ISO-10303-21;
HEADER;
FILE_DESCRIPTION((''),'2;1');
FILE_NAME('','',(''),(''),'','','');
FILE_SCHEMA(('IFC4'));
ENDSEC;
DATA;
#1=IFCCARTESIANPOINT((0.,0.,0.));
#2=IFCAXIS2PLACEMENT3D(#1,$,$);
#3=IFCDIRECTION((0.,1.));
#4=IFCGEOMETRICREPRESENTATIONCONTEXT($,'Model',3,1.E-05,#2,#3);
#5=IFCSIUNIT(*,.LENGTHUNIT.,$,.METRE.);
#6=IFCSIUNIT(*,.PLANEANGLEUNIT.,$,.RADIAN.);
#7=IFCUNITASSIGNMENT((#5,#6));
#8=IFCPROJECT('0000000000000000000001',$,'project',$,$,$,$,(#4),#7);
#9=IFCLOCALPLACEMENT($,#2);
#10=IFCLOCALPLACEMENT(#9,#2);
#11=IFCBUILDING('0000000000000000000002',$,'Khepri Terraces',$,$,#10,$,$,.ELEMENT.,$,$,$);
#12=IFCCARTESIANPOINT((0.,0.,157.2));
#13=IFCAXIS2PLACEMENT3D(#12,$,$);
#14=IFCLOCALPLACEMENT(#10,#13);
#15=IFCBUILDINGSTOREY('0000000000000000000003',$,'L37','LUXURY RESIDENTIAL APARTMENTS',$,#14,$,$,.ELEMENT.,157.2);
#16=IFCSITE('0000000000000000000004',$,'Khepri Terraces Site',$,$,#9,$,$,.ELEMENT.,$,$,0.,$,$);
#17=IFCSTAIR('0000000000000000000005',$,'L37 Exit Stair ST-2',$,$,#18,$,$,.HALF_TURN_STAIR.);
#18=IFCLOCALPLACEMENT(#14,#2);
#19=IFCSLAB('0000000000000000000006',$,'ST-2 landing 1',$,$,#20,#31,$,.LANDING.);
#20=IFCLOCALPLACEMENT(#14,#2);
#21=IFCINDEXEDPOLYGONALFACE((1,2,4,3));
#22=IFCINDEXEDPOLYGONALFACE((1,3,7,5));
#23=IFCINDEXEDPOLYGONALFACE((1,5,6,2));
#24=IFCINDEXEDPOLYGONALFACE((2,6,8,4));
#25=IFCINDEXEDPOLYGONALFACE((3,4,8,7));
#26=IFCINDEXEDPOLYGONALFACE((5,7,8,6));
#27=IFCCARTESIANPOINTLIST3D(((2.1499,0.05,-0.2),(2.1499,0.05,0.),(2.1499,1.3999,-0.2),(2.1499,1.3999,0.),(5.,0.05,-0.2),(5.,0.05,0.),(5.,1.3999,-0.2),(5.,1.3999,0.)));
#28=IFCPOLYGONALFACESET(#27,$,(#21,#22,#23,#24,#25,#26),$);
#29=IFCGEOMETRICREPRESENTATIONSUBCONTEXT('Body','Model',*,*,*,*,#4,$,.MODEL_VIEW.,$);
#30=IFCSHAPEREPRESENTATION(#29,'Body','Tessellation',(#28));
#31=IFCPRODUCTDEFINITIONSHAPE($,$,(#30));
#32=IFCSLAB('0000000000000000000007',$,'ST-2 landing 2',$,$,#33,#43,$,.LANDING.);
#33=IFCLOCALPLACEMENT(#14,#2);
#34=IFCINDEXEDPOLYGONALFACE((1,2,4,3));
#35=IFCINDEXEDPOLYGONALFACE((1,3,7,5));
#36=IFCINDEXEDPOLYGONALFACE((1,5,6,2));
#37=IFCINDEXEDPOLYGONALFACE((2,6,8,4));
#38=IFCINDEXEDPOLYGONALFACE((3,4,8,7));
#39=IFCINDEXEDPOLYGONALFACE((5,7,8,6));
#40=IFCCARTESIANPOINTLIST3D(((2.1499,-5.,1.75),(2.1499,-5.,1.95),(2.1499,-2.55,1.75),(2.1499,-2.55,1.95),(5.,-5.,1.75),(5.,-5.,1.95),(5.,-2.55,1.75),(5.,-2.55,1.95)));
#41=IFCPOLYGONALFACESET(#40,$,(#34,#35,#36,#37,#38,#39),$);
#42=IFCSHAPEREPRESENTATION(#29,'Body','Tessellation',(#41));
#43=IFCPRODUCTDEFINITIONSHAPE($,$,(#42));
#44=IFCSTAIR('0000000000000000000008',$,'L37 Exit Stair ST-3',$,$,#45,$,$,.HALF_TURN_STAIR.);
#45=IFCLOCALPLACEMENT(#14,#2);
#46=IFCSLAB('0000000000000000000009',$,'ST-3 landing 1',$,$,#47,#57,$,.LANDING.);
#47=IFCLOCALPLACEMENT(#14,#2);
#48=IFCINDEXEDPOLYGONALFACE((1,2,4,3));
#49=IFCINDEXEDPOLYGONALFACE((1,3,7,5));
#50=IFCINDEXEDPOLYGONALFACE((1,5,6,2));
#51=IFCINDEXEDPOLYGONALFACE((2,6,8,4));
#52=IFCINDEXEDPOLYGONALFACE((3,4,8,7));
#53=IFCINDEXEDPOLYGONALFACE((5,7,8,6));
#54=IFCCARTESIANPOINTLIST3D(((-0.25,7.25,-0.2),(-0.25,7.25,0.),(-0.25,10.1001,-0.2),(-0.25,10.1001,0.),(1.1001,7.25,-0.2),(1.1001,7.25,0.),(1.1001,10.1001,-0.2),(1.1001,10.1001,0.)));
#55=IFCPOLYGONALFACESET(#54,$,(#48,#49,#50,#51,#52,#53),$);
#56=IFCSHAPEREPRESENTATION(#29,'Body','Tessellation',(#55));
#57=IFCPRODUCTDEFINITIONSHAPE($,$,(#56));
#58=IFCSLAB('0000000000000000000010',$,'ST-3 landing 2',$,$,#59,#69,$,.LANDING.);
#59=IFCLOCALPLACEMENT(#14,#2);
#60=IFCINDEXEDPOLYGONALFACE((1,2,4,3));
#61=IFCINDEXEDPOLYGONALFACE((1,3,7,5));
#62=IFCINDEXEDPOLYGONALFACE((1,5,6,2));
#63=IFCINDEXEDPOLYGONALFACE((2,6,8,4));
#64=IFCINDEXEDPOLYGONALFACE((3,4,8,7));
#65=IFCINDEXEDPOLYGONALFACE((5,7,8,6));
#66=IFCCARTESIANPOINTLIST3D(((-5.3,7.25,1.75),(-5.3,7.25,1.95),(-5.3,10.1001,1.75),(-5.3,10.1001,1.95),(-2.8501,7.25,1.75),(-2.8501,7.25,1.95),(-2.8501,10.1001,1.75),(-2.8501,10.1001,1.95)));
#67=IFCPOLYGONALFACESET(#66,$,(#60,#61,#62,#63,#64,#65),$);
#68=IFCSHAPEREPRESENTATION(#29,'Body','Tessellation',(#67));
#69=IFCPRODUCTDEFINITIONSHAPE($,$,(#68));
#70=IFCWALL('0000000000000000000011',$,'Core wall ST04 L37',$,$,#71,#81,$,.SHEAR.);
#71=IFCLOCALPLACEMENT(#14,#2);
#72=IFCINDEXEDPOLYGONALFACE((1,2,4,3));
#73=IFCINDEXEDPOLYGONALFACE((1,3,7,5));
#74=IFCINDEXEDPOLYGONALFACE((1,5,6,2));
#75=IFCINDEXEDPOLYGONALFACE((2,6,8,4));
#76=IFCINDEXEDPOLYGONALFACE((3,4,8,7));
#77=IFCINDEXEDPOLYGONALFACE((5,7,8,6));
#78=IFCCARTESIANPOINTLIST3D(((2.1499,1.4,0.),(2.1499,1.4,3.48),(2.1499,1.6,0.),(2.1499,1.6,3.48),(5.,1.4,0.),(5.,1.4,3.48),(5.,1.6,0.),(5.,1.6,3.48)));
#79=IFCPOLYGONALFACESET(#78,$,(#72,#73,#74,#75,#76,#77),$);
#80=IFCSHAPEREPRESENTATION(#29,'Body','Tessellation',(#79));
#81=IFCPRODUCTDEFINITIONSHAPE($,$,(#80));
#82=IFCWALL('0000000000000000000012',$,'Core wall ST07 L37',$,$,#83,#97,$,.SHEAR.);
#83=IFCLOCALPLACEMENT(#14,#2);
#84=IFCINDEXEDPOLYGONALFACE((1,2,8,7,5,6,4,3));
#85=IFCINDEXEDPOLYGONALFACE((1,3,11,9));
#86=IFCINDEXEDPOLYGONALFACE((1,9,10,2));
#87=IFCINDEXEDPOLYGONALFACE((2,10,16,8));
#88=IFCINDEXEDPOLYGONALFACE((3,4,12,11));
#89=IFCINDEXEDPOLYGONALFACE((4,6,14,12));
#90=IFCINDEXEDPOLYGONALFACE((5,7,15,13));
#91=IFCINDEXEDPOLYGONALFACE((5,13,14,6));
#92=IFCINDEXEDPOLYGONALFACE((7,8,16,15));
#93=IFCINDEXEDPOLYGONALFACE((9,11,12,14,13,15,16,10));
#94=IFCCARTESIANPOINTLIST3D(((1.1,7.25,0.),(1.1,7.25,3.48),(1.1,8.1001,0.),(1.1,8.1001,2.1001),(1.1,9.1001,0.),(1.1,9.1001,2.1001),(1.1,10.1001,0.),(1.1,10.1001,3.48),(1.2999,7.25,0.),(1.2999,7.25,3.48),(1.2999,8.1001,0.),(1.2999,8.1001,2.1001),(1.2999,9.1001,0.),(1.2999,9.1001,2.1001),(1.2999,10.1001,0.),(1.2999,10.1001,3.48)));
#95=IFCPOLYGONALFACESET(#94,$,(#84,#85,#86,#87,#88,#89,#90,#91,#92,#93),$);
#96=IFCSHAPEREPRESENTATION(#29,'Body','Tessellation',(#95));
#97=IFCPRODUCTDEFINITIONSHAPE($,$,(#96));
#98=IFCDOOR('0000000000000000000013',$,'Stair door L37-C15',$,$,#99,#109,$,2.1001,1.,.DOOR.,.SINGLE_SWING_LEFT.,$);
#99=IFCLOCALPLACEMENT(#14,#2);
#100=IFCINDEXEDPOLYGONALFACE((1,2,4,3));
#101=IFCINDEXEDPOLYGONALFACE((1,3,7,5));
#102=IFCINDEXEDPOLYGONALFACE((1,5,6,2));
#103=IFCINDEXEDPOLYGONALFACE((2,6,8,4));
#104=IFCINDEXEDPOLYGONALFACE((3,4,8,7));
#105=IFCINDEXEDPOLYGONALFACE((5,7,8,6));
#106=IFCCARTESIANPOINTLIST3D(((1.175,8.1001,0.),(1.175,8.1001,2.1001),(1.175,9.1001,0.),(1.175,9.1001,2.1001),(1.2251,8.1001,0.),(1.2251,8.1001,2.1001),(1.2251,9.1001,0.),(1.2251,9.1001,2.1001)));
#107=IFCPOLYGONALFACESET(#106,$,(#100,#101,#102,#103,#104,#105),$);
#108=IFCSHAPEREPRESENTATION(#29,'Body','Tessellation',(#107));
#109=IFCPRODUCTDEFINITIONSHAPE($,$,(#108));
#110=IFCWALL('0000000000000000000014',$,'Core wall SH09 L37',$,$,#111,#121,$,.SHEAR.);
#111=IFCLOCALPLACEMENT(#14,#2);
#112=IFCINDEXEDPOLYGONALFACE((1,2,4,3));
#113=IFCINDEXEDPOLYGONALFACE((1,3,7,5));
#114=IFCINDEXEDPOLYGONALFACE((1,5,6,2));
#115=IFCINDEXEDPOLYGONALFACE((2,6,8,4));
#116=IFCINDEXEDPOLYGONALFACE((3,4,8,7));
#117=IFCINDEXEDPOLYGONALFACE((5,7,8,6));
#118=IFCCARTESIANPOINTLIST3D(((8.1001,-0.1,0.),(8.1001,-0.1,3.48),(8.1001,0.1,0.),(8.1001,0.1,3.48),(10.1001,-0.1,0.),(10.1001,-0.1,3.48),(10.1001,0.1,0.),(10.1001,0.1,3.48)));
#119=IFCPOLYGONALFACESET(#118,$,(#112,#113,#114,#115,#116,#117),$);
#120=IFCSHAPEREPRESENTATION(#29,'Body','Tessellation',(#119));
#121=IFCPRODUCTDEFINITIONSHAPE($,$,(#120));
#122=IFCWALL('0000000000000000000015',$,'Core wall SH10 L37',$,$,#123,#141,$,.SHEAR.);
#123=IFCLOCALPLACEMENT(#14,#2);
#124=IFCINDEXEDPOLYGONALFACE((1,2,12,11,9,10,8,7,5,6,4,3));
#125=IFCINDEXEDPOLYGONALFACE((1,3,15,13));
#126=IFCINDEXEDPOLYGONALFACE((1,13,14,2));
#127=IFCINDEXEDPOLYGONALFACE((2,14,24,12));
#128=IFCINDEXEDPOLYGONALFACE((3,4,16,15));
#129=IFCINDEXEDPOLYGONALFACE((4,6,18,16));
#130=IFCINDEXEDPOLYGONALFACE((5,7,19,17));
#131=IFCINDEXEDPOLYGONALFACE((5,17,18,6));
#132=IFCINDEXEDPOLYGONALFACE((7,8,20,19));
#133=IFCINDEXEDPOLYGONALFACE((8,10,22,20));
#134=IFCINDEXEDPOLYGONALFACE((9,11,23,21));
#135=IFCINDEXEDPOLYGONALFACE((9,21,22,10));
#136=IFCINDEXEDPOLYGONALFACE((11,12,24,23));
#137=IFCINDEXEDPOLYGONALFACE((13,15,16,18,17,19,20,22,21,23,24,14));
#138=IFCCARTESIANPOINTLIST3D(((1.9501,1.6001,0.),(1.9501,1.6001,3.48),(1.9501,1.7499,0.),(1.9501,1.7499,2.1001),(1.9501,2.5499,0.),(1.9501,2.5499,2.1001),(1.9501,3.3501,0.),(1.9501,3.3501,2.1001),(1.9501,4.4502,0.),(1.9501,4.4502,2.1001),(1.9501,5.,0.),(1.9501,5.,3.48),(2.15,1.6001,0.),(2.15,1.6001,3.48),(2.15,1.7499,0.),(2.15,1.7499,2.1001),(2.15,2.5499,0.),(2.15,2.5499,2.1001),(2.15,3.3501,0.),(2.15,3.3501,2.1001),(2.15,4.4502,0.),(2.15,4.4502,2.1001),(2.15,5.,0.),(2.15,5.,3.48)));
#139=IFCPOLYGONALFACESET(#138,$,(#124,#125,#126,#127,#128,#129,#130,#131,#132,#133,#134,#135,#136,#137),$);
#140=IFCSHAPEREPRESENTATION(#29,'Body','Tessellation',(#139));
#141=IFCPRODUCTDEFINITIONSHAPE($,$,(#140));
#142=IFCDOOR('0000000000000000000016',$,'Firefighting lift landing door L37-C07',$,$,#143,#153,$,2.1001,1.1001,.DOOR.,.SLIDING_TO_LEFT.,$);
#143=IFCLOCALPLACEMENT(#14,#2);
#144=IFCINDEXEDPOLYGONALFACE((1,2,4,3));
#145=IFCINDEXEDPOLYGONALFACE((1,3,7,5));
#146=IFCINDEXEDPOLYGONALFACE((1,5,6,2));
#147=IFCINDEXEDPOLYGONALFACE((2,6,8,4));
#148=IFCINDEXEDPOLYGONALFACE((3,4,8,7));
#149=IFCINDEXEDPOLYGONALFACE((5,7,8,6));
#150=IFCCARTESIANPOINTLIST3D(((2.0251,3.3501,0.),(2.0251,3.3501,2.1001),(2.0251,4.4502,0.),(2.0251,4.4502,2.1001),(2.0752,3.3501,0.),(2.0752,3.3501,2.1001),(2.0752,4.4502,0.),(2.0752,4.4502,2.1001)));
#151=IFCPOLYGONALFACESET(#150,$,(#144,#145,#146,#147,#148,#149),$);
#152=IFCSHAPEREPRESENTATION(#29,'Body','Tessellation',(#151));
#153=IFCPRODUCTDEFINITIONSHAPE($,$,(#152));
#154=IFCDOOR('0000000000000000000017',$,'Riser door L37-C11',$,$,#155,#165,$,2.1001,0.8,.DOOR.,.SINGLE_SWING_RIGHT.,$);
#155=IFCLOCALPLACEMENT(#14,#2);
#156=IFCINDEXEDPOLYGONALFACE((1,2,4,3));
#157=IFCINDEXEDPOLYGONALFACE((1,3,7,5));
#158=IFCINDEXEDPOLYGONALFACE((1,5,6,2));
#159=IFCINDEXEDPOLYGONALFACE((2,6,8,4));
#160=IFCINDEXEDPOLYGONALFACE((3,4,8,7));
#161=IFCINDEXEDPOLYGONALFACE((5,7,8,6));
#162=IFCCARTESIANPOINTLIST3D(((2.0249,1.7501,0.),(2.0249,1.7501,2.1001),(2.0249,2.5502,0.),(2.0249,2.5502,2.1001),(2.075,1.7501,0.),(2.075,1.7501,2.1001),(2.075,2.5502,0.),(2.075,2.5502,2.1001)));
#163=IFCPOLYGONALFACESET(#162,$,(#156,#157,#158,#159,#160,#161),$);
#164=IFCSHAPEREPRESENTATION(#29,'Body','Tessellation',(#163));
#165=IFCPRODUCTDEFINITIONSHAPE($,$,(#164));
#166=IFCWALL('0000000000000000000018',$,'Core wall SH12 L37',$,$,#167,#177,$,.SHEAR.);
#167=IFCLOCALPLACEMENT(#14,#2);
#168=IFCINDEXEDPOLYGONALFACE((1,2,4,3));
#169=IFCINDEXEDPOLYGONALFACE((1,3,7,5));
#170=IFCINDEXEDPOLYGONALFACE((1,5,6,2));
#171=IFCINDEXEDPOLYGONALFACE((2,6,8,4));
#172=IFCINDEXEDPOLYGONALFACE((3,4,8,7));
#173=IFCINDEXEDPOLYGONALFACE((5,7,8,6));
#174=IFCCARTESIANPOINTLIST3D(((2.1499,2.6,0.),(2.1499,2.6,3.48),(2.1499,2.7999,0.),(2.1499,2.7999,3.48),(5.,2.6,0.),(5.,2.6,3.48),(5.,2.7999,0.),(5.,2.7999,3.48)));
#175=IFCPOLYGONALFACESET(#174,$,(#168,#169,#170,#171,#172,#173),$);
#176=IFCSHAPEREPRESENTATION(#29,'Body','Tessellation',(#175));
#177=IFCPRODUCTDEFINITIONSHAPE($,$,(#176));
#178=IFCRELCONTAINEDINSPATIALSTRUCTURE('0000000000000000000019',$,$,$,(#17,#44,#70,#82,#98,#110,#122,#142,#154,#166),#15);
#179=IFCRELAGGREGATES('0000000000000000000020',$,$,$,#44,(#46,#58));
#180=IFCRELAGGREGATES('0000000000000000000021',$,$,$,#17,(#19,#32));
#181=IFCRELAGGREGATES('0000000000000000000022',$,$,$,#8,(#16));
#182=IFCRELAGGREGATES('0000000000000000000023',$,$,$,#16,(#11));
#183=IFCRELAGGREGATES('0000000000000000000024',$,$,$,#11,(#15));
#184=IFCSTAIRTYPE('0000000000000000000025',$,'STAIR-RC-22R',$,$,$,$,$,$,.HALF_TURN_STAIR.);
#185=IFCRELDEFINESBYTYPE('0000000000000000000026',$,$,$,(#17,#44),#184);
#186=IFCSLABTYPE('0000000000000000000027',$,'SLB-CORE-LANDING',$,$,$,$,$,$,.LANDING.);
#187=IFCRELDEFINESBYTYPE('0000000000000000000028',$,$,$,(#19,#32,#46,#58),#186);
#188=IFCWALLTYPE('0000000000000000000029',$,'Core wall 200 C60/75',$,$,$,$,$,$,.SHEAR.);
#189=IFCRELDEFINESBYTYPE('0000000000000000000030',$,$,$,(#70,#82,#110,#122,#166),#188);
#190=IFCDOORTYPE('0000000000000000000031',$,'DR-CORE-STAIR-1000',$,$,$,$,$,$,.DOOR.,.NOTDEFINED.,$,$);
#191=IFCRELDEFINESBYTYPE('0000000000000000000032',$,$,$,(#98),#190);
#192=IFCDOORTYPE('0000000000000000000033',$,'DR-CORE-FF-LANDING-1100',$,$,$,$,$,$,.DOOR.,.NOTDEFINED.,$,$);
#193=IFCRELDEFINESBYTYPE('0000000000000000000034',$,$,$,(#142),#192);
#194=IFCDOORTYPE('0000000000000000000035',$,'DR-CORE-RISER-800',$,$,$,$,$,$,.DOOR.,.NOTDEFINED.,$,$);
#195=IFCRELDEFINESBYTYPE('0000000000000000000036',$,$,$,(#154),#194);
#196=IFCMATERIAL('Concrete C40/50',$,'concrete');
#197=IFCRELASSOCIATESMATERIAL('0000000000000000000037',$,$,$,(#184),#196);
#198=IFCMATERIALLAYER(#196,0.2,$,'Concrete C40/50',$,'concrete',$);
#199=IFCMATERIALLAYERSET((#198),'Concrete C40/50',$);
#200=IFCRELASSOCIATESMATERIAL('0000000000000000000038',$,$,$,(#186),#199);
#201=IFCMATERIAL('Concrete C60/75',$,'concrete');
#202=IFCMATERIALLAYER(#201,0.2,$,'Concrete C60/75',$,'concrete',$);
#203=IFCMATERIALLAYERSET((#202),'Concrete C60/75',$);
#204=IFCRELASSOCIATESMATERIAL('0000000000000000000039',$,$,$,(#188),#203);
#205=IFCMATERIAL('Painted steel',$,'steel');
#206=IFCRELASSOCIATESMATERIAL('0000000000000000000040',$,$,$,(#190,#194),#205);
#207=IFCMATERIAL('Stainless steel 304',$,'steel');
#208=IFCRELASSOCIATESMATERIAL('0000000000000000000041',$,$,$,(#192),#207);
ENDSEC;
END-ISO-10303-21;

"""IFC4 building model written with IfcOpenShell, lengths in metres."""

from ifc_helpers import new_model, si_unit, direction, frame, frame_2d, origin, place, context, subcontext, project, spatial, polyline, rectangle, outline, extrude, material, layer, layer_set, type_object, element, fill, aggregate, save


model = new_model("IFC4")

# Units and contexts
model_context = context("Model", 3, precision=1e-05, world=origin(), true_north=direction((0.0, 1.0)))
body_context = subcontext(model_context, "Body", "Model", "MODEL_VIEW")
ifc_project = project(units=[si_unit("LENGTHUNIT", "METRE"), si_unit("PLANEANGLEUNIT", "RADIAN")], contexts=[model_context])

# Site, building, storey
site_placement = place(None, origin())
site = spatial("IfcSite", under=ifc_project, at=site_placement, Name="Khepri Terraces Site", CompositionType="ELEMENT", RefElevation=0.0)
building_placement = place(site_placement, origin())
building = spatial("IfcBuilding", under=site, at=building_placement, Name="Khepri Terraces", CompositionType="ELEMENT")
storey_placement = place(building_placement, frame((0.0, 0.0, 157.2)))
storey = spatial("IfcBuildingStorey", under=building, at=storey_placement, Name="L37", Description="LUXURY RESIDENTIAL APARTMENTS", CompositionType="ELEMENT", Elevation=157.2)

# Stairs, slabs
ifc_material_1 = material(Name="Concrete C40/50", Category="concrete")
stair_type = type_object("IfcStairType", Name="STAIR-RC-22R", PredefinedType="HALF_TURN_STAIR", material=ifc_material_1)
stair_1_placement = place(storey_placement, origin())
stair_1 = element("IfcStair", 1, at=stair_1_placement, inside=storey, type_object=stair_type, Name="L37 Exit Stair ST-2", PredefinedType="HALF_TURN_STAIR")
ifc_layer_1 = layer(ifc_material_1, 0.2, Name="Concrete C40/50", Category="concrete")
ifc_layer_set_1 = layer_set([ifc_layer_1], Name="Concrete C40/50")
slab_type = type_object("IfcSlabType", Name="SLB-CORE-LANDING", PredefinedType="LANDING", material=ifc_layer_set_1)
slab_1_placement = place(storey_placement, frame((0.0, 0.0, -0.2)))
slab_1 = element("IfcSlab", 2, at=slab_1_placement, type_object=slab_type, Name="ST-2 landing 1", PredefinedType="LANDING", context=body_context, shape_type="SweptSolid", body=[
    extrude(outline(polyline([(2.1499, 1.3999), (2.1499, 0.05), (5.0, 0.05), (5.0, 1.3999), (2.1499, 1.3999)])), origin(), (0.0, 0.0, 1.0), 0.2),
])
slab_2_placement = place(storey_placement, frame((0.0, 0.0, 1.75)))
slab_2 = element("IfcSlab", 3, at=slab_2_placement, type_object=slab_type, Name="ST-2 landing 2", PredefinedType="LANDING", context=body_context, shape_type="SweptSolid", body=[
    extrude(outline(polyline([(2.1499, -2.55), (2.1499, -5.0), (5.0, -5.0), (5.0, -2.55), (2.1499, -2.55)])), origin(), (0.0, 0.0, 1.0), 0.2),
])
stair_2_placement = place(storey_placement, origin())
stair_2 = element("IfcStair", 4, at=stair_2_placement, inside=storey, type_object=stair_type, Name="L37 Exit Stair ST-3", PredefinedType="HALF_TURN_STAIR")
slab_3_placement = place(storey_placement, frame((0.0, 0.0, -0.2)))
slab_3 = element("IfcSlab", 5, at=slab_3_placement, type_object=slab_type, Name="ST-3 landing 1", PredefinedType="LANDING", context=body_context, shape_type="SweptSolid", body=[
    extrude(outline(polyline([(1.1001, 10.1001), (-0.25, 10.1001), (-0.25, 7.25), (1.1001, 7.25), (1.1001, 10.1001)])), origin(), (0.0, 0.0, 1.0), 0.2),
])
slab_4_placement = place(storey_placement, frame((0.0, 0.0, 1.75)))
slab_4 = element("IfcSlab", 6, at=slab_4_placement, type_object=slab_type, Name="ST-3 landing 2", PredefinedType="LANDING", context=body_context, shape_type="SweptSolid", body=[
    extrude(outline(polyline([(-2.8501, 10.1001), (-5.3, 10.1001), (-5.3, 7.25), (-2.8501, 7.25), (-2.8501, 10.1001)])), origin(), (0.0, 0.0, 1.0), 0.2),
])
aggregate(stair_2, [slab_3, slab_4])

# Wall
ifc_material_2 = material(Name="Concrete C60/75", Category="concrete")
ifc_layer_2 = layer(ifc_material_2, 0.2, Name="Concrete C60/75", Category="concrete")
ifc_layer_set_2 = layer_set([ifc_layer_2], Name="Concrete C60/75")
wall_type_1 = type_object("IfcWallType", Name="Core wall 200 C60/75", PredefinedType="SHEAR", material=ifc_layer_set_2)
wall_1_placement = place(storey_placement, frame((2.1499, 1.5, 0.0), z_axis=(0.0, 0.0, 1.0), x_axis=(1.0, 0.0, 0.0)))
element("IfcWall", 7, at=wall_1_placement, inside=storey, type_object=wall_type_1, Name="Core wall ST04 L37", PredefinedType="SHEAR", context=body_context, shape_type="SweptSolid", body=[
    extrude(rectangle(XDim=2.8501, YDim=0.2, at=frame_2d((1.425, 0.0))), origin(), (0.0, 0.0, 1.0), 3.48),
])

# Wall, opening, door
wall_2_placement = place(storey_placement, frame((1.2, 7.25, 0.0), z_axis=(0.0, 0.0, 1.0), x_axis=(0.0, 1.0, 0.0)))
wall_2 = element("IfcWall", 8, at=wall_2_placement, inside=storey, type_object=wall_type_1, Name="Core wall ST07 L37", PredefinedType="SHEAR", context=body_context, shape_type="SweptSolid", body=[
    extrude(rectangle(XDim=2.8501, YDim=0.2, at=frame_2d((1.425, 0.0))), origin(), (0.0, 0.0, 1.0), 3.48),
])
opening_1_placement = place(wall_2_placement, frame((0.8501, 0.0, 0.0)))
opening_1 = element("IfcOpeningElement", 9, at=opening_1_placement, cuts=wall_2, PredefinedType="OPENING", context=body_context, shape_type="SweptSolid", body=[
    extrude(rectangle(XDim=1.0, YDim=2.1001, at=frame_2d((0.5, 1.05))), frame((0.0, 0.1099, 0.0), z_axis=(0.0, -1.0, 0.0), x_axis=(1.0, 0.0, 0.0)), (0.0, 0.0, 1.0), 0.22),
])
ifc_material_3 = material(Name="Painted steel", Category="steel")
door_type_1 = type_object("IfcDoorType", Name="DR-CORE-STAIR-1000", OperationType="NOTDEFINED", PredefinedType="DOOR", material=ifc_material_3)
door_1_placement = place(opening_1_placement, origin())
door_1 = element("IfcDoor", 10, at=door_1_placement, inside=storey, type_object=door_type_1, Name="Stair door L37-C15", OperationType="SINGLE_SWING_LEFT", OverallHeight=2.1001, OverallWidth=1.0, PredefinedType="DOOR", context=body_context, shape_type="SweptSolid", body=[
    extrude(rectangle(XDim=1.0, YDim=2.1001, at=frame_2d((0.5, 1.05))), frame((0.0, 0.0249, 0.0), z_axis=(0.0, -1.0, 0.0), x_axis=(1.0, 0.0, 0.0)), (0.0, 0.0, 1.0), 0.05),
])
fill(opening_1, door_1)

# Wall
wall_3_placement = place(storey_placement, frame((8.1001, 0.0, 0.0), z_axis=(0.0, 0.0, 1.0), x_axis=(1.0, 0.0, 0.0)))
element("IfcWall", 11, at=wall_3_placement, inside=storey, type_object=wall_type_1, Name="Core wall SH09 L37", PredefinedType="SHEAR", context=body_context, shape_type="SweptSolid", body=[
    extrude(rectangle(XDim=2.0, YDim=0.2, at=frame_2d((1.0, 0.0))), origin(), (0.0, 0.0, 1.0), 3.48),
])

# Wall, openings, doors
wall_4_placement = place(storey_placement, frame((2.05, 1.6001, 0.0), z_axis=(0.0, 0.0, 1.0), x_axis=(0.0, 1.0, 0.0)))
wall_4 = element("IfcWall", 12, at=wall_4_placement, inside=storey, type_object=wall_type_1, Name="Core wall SH10 L37", PredefinedType="SHEAR", context=body_context, shape_type="SweptSolid", body=[
    extrude(rectangle(XDim=3.3999, YDim=0.2, at=frame_2d((1.7, 0.0))), origin(), (0.0, 0.0, 1.0), 3.48),
])
opening_2_placement = place(wall_4_placement, frame((1.75, 0.0, 0.0)))
opening_2 = element("IfcOpeningElement", 13, at=opening_2_placement, cuts=wall_4, PredefinedType="OPENING", context=body_context, shape_type="SweptSolid", body=[
    extrude(rectangle(XDim=1.1001, YDim=2.1001, at=frame_2d((0.55, 1.05))), frame((0.0, 0.1099, 0.0), z_axis=(0.0, -1.0, 0.0), x_axis=(1.0, 0.0, 0.0)), (0.0, 0.0, 1.0), 0.22),
])
opening_3_placement = place(wall_4_placement, frame((0.1499, 0.0, 0.0)))
opening_3 = element("IfcOpeningElement", 14, at=opening_3_placement, cuts=wall_4, PredefinedType="OPENING", context=body_context, shape_type="SweptSolid", body=[
    extrude(rectangle(XDim=0.8, YDim=2.1001, at=frame_2d((0.3999, 1.05))), frame((0.0, 0.1099, 0.0), z_axis=(0.0, -1.0, 0.0), x_axis=(1.0, 0.0, 0.0)), (0.0, 0.0, 1.0), 0.22),
])
ifc_material_4 = material(Name="Stainless steel 304", Category="steel")
door_type_2 = type_object("IfcDoorType", Name="DR-CORE-FF-LANDING-1100", OperationType="NOTDEFINED", PredefinedType="DOOR", material=ifc_material_4)
door_2_placement = place(opening_2_placement, origin())
door_2 = element("IfcDoor", 15, at=door_2_placement, inside=storey, type_object=door_type_2, Name="Firefighting lift landing door L37-C07", OperationType="SLIDING_TO_LEFT", OverallHeight=2.1001, OverallWidth=1.1001, PredefinedType="DOOR", context=body_context, shape_type="SweptSolid", body=[
    extrude(rectangle(XDim=1.1001, YDim=2.1001, at=frame_2d((0.55, 1.05))), frame((0.0, 0.0249, 0.0), z_axis=(0.0, -1.0, 0.0), x_axis=(1.0, 0.0, 0.0)), (0.0, 0.0, 1.0), 0.05),
])
fill(opening_2, door_2)
door_type_3 = type_object("IfcDoorType", Name="DR-CORE-RISER-800", OperationType="NOTDEFINED", PredefinedType="DOOR", material=ifc_material_3)
door_3_placement = place(opening_3_placement, frame((0.8, 0.0, 0.0), z_axis=(0.0, 0.0, 1.0), x_axis=(-1.0, 0.0, 0.0)))
door_3 = element("IfcDoor", 16, at=door_3_placement, inside=storey, type_object=door_type_3, Name="Riser door L37-C11", OperationType="SINGLE_SWING_RIGHT", OverallHeight=2.1001, OverallWidth=0.8, PredefinedType="DOOR", context=body_context, shape_type="SweptSolid", body=[
    extrude(rectangle(XDim=0.8, YDim=2.1001, at=frame_2d((0.3999, 1.05))), frame((0.0, 0.0249, 0.0), z_axis=(0.0, -1.0, 0.0), x_axis=(1.0, 0.0, 0.0)), (0.0, 0.0, 1.0), 0.05),
])
fill(opening_3, door_3)

# Wall
wall_5_placement = place(storey_placement, frame((2.1499, 2.7, 0.0), z_axis=(0.0, 0.0, 1.0), x_axis=(1.0, 0.0, 0.0)))
element("IfcWall", 17, at=wall_5_placement, inside=storey, type_object=wall_type_1, Name="Core wall SH12 L37", PredefinedType="SHEAR", context=body_context, shape_type="SweptSolid", body=[
    extrude(rectangle(XDim=2.8501, YDim=0.2, at=frame_2d((1.425, 0.0))), origin(), (0.0, 0.0, 1.0), 3.48),
])

aggregate(stair_1, [slab_1, slab_2])

save(model, "model.ifc")
